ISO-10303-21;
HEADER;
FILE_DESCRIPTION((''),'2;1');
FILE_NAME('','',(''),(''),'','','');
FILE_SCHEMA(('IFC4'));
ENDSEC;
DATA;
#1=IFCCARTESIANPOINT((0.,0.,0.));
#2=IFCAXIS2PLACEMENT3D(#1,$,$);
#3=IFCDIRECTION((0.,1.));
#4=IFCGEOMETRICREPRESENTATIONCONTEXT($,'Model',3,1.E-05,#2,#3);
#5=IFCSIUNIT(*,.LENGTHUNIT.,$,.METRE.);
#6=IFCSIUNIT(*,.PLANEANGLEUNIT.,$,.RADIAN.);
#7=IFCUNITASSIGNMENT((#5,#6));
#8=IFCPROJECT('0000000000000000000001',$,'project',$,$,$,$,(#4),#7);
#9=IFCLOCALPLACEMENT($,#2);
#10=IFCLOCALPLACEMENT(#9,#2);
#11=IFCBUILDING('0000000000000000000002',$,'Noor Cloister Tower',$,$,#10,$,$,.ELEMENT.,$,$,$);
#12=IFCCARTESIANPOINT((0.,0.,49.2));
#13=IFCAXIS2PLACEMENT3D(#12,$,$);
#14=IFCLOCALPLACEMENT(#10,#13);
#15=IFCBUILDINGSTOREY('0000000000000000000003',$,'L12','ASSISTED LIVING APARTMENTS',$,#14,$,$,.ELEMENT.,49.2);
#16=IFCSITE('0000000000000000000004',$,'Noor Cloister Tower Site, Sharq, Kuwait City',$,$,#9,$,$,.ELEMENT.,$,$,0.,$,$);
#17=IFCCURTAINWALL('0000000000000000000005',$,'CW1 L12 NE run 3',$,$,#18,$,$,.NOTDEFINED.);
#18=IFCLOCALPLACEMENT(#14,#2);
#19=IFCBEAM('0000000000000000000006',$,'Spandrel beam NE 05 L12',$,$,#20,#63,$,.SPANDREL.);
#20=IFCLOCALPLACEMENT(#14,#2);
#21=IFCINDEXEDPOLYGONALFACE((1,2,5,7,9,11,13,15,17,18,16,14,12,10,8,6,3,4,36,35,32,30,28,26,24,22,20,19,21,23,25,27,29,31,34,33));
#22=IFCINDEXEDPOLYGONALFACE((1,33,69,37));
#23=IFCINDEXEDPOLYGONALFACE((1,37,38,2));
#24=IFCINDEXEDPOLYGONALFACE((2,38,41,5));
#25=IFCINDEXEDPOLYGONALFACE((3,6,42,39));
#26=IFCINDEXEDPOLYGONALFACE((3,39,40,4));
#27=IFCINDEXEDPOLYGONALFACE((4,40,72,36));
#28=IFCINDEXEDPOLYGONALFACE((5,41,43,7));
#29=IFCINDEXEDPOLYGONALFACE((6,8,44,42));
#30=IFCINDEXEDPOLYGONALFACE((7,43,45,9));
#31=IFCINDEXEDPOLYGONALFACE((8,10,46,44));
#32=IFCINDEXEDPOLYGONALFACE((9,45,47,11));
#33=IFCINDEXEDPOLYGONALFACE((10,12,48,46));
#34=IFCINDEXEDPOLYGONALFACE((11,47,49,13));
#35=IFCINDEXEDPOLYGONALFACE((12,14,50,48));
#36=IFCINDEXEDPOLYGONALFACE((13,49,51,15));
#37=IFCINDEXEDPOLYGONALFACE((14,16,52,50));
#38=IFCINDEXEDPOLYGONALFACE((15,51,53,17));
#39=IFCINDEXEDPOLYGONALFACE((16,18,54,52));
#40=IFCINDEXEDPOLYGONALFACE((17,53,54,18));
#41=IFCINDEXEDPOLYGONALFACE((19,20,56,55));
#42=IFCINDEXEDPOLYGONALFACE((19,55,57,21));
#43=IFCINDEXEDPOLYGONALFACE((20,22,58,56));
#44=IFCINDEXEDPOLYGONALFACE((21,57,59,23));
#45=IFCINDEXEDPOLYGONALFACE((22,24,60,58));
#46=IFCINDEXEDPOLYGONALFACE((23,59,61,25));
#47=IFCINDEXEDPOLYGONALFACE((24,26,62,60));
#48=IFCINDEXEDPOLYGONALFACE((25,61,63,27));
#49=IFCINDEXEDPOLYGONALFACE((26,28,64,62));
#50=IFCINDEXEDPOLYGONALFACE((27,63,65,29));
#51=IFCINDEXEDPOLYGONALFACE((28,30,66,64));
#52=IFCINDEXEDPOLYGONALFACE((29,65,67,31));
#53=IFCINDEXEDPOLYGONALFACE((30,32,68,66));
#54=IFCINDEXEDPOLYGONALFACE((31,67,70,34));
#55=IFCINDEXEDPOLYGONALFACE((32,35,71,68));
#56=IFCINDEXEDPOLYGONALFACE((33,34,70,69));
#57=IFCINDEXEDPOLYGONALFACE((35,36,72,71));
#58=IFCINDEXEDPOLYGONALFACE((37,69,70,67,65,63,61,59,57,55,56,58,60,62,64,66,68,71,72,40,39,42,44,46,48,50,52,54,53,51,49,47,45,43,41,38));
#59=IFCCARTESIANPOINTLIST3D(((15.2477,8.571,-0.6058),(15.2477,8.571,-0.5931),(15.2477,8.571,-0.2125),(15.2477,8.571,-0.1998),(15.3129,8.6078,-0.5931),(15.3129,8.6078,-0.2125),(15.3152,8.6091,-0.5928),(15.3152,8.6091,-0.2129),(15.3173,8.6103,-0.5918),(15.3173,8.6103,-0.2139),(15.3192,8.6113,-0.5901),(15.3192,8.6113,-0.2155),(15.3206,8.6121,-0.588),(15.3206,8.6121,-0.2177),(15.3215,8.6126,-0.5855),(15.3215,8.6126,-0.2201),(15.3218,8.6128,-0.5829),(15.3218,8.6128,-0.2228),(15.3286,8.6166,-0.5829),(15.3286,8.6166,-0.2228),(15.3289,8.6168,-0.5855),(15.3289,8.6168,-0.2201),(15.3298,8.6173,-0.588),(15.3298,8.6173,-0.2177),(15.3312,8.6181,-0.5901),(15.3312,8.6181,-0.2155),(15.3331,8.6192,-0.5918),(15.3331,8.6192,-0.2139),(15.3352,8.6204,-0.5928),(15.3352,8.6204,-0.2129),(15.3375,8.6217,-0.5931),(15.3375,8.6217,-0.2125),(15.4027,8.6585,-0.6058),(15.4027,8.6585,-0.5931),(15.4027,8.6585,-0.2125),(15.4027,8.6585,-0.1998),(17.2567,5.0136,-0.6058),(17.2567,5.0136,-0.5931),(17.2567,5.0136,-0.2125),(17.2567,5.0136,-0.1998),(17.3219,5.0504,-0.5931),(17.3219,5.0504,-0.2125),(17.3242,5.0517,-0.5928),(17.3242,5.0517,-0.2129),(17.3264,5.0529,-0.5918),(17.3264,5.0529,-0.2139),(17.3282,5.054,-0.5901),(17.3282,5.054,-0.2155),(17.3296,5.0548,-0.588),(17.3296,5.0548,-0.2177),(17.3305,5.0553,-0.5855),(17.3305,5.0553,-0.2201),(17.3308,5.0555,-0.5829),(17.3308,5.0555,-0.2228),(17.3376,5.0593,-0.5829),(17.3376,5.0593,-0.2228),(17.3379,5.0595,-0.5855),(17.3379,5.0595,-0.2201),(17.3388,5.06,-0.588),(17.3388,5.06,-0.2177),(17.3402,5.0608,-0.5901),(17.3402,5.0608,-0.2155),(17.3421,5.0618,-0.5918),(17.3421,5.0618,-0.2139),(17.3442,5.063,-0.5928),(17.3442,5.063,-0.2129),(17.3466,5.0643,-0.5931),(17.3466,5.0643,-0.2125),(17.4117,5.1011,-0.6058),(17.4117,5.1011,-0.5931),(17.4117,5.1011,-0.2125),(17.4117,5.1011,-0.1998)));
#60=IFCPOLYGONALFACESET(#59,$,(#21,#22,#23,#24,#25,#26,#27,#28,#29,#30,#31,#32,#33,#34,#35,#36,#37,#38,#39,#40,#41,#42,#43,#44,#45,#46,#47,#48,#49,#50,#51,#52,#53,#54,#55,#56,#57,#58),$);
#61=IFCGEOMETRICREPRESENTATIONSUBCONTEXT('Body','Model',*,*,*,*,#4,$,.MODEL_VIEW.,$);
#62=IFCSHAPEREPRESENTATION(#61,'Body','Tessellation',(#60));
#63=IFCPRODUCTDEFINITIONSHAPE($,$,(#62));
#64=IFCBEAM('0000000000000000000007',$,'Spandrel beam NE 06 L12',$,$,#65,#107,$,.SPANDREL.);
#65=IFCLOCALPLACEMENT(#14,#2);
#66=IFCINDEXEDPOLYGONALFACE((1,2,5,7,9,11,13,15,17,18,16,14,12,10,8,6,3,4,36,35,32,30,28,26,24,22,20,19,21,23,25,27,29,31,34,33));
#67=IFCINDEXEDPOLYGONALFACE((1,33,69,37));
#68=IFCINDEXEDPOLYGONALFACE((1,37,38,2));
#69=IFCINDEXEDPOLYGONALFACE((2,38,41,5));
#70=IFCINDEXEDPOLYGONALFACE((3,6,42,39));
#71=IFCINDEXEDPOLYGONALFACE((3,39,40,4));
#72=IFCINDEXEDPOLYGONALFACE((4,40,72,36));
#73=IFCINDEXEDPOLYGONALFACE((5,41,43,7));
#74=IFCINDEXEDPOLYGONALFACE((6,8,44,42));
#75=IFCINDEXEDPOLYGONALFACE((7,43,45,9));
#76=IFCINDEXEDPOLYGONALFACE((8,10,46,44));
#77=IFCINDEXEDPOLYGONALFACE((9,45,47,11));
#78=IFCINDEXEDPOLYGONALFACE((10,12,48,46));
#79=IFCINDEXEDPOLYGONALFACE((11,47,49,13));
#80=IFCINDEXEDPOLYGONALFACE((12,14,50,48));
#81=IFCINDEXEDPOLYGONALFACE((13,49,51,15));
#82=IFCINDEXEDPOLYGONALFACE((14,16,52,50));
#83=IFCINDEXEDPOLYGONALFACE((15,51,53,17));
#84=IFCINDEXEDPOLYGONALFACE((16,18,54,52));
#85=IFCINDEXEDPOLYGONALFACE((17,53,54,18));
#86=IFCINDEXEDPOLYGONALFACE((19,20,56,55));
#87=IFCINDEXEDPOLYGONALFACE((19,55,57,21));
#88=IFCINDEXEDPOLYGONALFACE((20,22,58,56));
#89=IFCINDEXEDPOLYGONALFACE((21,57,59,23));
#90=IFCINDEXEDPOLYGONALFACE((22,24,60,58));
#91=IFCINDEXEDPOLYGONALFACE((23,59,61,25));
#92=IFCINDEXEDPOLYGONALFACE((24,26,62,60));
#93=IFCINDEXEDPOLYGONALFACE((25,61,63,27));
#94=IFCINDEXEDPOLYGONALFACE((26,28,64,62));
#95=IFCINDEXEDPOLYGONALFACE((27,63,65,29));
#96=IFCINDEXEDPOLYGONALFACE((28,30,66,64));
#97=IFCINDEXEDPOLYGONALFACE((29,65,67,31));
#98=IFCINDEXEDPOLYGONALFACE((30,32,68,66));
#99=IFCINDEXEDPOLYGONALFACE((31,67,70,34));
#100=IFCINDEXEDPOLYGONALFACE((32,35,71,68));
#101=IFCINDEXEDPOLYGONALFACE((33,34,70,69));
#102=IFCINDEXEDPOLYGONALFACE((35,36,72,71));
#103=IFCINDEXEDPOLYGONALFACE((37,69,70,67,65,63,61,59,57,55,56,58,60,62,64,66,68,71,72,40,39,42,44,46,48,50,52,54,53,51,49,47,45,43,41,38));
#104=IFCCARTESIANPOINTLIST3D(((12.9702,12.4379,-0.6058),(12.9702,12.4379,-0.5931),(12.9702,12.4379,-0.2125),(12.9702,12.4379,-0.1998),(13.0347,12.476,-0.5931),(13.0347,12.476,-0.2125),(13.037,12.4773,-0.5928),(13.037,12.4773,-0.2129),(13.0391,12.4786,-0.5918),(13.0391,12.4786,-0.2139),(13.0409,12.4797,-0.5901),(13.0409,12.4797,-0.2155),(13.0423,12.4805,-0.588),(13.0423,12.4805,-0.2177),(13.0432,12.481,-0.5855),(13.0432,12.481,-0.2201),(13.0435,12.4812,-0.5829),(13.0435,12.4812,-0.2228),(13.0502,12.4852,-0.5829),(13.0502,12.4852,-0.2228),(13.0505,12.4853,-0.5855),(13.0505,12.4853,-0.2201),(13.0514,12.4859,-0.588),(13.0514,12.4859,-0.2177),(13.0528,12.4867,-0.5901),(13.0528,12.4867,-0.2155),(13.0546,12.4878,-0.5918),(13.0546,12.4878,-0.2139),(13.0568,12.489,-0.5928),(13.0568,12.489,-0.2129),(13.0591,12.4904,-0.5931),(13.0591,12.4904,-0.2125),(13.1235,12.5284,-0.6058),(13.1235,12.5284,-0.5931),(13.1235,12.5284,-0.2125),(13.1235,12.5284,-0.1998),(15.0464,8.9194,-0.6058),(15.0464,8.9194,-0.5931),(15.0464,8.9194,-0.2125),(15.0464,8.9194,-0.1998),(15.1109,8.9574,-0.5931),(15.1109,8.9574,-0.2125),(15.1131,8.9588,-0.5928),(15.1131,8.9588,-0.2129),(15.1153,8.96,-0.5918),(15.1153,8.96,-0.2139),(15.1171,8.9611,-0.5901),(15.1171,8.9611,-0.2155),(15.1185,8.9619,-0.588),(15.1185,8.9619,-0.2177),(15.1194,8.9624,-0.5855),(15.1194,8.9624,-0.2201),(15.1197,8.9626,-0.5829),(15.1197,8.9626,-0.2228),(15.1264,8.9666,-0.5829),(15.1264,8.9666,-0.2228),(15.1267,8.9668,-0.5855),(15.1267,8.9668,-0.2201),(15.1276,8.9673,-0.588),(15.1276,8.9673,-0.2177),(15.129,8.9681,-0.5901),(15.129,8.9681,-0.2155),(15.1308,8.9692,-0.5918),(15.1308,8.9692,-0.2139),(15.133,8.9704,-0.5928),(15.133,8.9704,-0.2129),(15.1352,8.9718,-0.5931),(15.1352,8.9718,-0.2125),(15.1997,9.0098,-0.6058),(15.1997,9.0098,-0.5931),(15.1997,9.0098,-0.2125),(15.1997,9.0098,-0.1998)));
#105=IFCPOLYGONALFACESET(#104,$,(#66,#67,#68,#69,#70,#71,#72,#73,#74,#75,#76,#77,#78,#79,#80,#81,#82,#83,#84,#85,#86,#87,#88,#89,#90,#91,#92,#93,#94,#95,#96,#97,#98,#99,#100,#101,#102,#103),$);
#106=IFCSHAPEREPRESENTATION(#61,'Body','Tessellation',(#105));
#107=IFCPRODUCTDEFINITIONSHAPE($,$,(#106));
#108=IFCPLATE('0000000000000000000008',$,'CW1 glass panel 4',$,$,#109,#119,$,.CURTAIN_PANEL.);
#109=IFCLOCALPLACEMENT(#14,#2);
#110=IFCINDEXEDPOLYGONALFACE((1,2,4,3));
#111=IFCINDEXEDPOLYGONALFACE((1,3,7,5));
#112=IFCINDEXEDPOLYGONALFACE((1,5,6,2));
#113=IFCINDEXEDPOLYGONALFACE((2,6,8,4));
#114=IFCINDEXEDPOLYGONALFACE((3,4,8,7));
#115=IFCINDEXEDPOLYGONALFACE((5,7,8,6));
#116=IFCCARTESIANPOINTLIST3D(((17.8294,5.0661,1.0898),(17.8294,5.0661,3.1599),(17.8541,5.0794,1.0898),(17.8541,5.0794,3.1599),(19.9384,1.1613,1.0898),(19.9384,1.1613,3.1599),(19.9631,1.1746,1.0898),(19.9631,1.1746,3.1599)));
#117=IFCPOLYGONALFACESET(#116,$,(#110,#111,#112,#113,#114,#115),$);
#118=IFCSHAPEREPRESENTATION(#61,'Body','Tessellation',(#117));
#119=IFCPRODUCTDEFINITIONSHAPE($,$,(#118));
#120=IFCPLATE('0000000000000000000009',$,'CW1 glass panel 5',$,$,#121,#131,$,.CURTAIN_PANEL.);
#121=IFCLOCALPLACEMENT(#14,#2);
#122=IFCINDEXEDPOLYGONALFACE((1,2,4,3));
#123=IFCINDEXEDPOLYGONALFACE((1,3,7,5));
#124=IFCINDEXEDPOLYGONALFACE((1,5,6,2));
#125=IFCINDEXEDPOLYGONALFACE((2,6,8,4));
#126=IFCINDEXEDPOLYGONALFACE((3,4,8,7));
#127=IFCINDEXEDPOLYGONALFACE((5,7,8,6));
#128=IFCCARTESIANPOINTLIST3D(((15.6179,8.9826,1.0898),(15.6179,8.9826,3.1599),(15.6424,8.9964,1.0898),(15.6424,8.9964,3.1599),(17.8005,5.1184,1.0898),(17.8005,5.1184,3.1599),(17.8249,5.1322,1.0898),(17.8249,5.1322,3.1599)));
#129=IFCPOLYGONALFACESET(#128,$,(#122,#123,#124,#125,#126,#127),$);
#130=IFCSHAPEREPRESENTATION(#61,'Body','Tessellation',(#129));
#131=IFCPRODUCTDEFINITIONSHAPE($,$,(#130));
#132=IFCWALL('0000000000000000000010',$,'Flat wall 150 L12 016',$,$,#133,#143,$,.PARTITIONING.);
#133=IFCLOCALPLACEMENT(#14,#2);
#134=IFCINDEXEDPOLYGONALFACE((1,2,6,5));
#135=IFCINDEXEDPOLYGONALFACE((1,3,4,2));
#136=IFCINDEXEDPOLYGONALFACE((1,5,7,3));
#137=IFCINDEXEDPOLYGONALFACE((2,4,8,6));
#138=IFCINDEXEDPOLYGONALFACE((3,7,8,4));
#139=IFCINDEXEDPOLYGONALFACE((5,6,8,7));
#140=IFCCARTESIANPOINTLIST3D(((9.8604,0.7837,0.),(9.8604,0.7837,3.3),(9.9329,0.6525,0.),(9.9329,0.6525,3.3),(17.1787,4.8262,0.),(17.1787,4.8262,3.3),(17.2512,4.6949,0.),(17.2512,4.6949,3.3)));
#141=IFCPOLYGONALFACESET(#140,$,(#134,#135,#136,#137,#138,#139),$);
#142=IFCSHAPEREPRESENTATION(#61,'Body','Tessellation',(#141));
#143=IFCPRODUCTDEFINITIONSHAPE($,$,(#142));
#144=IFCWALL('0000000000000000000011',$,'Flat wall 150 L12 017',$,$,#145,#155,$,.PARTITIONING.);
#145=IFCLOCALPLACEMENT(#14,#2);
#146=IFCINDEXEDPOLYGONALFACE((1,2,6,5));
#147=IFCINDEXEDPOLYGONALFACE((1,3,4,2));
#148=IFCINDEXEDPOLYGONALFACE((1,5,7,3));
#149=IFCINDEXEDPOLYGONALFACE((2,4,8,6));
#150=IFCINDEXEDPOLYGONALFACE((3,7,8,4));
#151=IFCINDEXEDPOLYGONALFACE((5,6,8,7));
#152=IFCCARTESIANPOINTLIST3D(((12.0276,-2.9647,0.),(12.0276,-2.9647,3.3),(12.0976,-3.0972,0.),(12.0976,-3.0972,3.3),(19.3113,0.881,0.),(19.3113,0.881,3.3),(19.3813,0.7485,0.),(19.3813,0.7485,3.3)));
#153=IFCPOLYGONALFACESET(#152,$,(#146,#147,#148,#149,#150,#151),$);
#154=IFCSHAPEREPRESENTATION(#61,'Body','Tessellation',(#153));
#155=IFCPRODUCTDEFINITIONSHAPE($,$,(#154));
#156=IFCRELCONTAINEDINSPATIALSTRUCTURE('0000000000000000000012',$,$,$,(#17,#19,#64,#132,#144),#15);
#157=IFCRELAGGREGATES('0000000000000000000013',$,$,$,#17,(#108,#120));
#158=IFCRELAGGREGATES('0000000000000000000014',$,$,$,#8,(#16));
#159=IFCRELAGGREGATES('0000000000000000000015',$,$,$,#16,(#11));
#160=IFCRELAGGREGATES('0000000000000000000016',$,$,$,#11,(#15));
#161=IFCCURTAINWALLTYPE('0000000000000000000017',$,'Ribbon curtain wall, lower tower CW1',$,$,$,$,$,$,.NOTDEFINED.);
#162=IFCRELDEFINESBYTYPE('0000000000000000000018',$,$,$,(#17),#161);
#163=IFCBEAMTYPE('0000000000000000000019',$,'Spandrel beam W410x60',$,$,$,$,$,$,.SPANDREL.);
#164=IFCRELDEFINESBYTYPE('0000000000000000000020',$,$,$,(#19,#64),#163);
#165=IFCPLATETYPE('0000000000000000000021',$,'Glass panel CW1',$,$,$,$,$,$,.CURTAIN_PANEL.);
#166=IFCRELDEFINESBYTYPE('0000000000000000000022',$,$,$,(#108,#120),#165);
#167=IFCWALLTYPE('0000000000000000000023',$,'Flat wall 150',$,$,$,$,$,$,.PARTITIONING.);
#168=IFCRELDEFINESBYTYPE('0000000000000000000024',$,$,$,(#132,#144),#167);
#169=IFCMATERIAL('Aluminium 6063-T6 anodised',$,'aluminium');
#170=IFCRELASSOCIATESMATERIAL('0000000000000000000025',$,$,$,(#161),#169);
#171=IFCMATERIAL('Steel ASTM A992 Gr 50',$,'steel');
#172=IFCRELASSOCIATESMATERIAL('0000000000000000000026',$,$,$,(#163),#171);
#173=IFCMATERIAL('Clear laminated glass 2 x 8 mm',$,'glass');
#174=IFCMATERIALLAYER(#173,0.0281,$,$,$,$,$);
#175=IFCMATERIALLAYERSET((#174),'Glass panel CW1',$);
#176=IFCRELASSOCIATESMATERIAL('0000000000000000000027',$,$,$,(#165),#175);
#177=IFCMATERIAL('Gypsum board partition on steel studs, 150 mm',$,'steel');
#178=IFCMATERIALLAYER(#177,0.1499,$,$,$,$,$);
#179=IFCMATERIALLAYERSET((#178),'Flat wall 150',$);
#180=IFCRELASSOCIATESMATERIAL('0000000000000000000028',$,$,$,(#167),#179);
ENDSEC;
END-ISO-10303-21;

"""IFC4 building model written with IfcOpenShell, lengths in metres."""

from ifc_helpers import new_model, si_unit, direction, frame, frame_2d, origin, origin_2d, place, context, subcontext, project, spatial, rectangle, i_section, extrude, material, layer, layer_set, material_profile, profile_set, type_object, element, aggregate, save


model = new_model("IFC4")

# Units and contexts
model_context = context("Model", 3, precision=1e-05, world=origin(), true_north=direction((0.0, 1.0)))
body_context = subcontext(model_context, "Body", "Model", "MODEL_VIEW")
ifc_project = project(units=[si_unit("LENGTHUNIT", "METRE"), si_unit("PLANEANGLEUNIT", "RADIAN")], contexts=[model_context])

# Site, building, storey
site_placement = place(None, origin())
site = spatial("IfcSite", under=ifc_project, at=site_placement, Name="Noor Cloister Tower Site, Sharq, Kuwait City", CompositionType="ELEMENT", RefElevation=0.0)
building_placement = place(site_placement, origin())
building = spatial("IfcBuilding", under=site, at=building_placement, Name="Noor Cloister Tower", CompositionType="ELEMENT")
storey_placement = place(building_placement, frame((0.0, 0.0, 49.2)))
storey = spatial("IfcBuildingStorey", under=building, at=storey_placement, Name="L12", Description="ASSISTED LIVING APARTMENTS", CompositionType="ELEMENT", Elevation=49.2)

# Curtain wall
ifc_material_1 = material(Name="Aluminium 6063-T6 anodised", Category="aluminium")
curtain_wall_type = type_object("IfcCurtainWallType", Name="Ribbon curtain wall, lower tower CW1", PredefinedType="NOTDEFINED", material=ifc_material_1)
curtain_wall_placement = place(storey_placement, origin())
curtain_wall = element("IfcCurtainWall", 1, at=curtain_wall_placement, inside=storey, type_object=curtain_wall_type, Name="CW1 L12 NE run 3", PredefinedType="NOTDEFINED")

# Beams
ifc_material_2 = material(Name="Steel ASTM A992 Gr 50", Category="steel")
ifc_material_profile_1 = material_profile(ifc_material_2, i_section(OverallWidth=0.178, OverallDepth=0.406, WebThickness=0.0078, FlangeThickness=0.0127, FilletRadius=0.0103, at=origin_2d()), Name="W410x60")
ifc_profile_set_1 = profile_set([ifc_material_profile_1], Name="Steel ASTM A992 Gr 50")
beam_type_1 = type_object("IfcBeamType", Name="Spandrel beam W410x60", PredefinedType="SPANDREL", material=ifc_profile_set_1)
for number, where, z_axis, x_axis, name in (
    (2, (17.3342, 5.0574, -0.4028), (-0.49175, 0.870736, 0.0), (-0.870736, -0.49175, 0.0), "Spandrel beam NE 05 L12"),
    (3, (15.123, 8.9646, -0.4028), (-0.50819, 0.861245, 0.0), (-0.861245, -0.50819, 0.0), "Spandrel beam NE 06 L12"),
):
    element("IfcBeam", number, at=place(storey_placement, frame(where, z_axis=z_axis, x_axis=x_axis)), inside=storey, type_object=beam_type_1, Name=name, PredefinedType="SPANDREL", context=body_context, shape_type="SweptSolid", body=[
        extrude(i_section(OverallWidth=0.178, OverallDepth=0.406, WebThickness=0.0078, FlangeThickness=0.0127, FilletRadius=0.0103, at=origin_2d()), origin(), (0.0, 0.0, 1.0), 4.0854),
    ])

# Plates
ifc_material_3 = material(Name="Clear laminated glass 2 x 8 mm", Category="glass")
ifc_layer_1 = layer(ifc_material_3, 0.0281)
ifc_layer_set_1 = layer_set([ifc_layer_1], Name="Glass panel CW1")
plate_type = type_object("IfcPlateType", Name="Glass panel CW1", PredefinedType="CURTAIN_PANEL", material=ifc_layer_set_1)
plate_1_placement = place(storey_placement, frame((18.8962, 3.1204, 1.0898), z_axis=(0.0, 0.0, 1.0), x_axis=(-0.47523, 0.879862, 0.0)))
plate_1 = element("IfcPlate", 4, at=plate_1_placement, type_object=plate_type, Name="CW1 glass panel 4", PredefinedType="CURTAIN_PANEL", context=body_context, shape_type="SweptSolid", body=[
    extrude(rectangle(XDim=4.438, YDim=0.0281, at=origin_2d()), origin(), (0.0, 0.0, 1.0), 2.0701),
])
plate_2_placement = place(storey_placement, frame((16.7214, 7.0574, 1.0898), z_axis=(0.0, 0.0, 1.0), x_axis=(-0.491787, 0.870716, 0.0)))
plate_2 = element("IfcPlate", 5, at=plate_2_placement, type_object=plate_type, Name="CW1 glass panel 5", PredefinedType="CURTAIN_PANEL", context=body_context, shape_type="SweptSolid", body=[
    extrude(rectangle(XDim=4.438, YDim=0.0281, at=origin_2d()), origin(), (0.0, 0.0, 1.0), 2.0701),
])
aggregate(curtain_wall, [plate_1, plate_2])

# Walls
ifc_material_4 = material(Name="Gypsum board partition on steel studs, 150 mm", Category="steel")
ifc_layer_2 = layer(ifc_material_4, 0.1499)
ifc_layer_set_2 = layer_set([ifc_layer_2], Name="Flat wall 150")
wall_type_1 = type_object("IfcWallType", Name="Flat wall 150", PredefinedType="PARTITIONING", material=ifc_layer_set_2)
wall_1_placement = place(storey_placement, frame((17.2148, 4.7605, 0.0), z_axis=(0.0, 0.0, 1.0), x_axis=(-0.875337, -0.483514, 0.0)))
element("IfcWall", 6, at=wall_1_placement, inside=storey, type_object=wall_type_1, Name="Flat wall 150 L12 016", PredefinedType="PARTITIONING", context=body_context, shape_type="SweptSolid", body=[
    extrude(rectangle(XDim=8.3606, YDim=0.1499, at=frame_2d((4.1802, 0.0))), origin(), (0.0, 0.0, 1.0), 3.3),
])
wall_2_placement = place(storey_placement, frame((19.3462, 0.8147, 0.0), z_axis=(0.0, 0.0, 1.0), x_axis=(-0.884308, -0.466904, 0.0)))
element("IfcWall", 7, at=wall_2_placement, inside=storey, type_object=wall_type_1, Name="Flat wall 150 L12 017", PredefinedType="PARTITIONING", context=body_context, shape_type="SweptSolid", body=[
    extrude(rectangle(XDim=8.2366, YDim=0.1499, at=frame_2d((4.1182, 0.0))), origin(), (0.0, 0.0, 1.0), 3.3),
])

save(model, "model.ifc")
